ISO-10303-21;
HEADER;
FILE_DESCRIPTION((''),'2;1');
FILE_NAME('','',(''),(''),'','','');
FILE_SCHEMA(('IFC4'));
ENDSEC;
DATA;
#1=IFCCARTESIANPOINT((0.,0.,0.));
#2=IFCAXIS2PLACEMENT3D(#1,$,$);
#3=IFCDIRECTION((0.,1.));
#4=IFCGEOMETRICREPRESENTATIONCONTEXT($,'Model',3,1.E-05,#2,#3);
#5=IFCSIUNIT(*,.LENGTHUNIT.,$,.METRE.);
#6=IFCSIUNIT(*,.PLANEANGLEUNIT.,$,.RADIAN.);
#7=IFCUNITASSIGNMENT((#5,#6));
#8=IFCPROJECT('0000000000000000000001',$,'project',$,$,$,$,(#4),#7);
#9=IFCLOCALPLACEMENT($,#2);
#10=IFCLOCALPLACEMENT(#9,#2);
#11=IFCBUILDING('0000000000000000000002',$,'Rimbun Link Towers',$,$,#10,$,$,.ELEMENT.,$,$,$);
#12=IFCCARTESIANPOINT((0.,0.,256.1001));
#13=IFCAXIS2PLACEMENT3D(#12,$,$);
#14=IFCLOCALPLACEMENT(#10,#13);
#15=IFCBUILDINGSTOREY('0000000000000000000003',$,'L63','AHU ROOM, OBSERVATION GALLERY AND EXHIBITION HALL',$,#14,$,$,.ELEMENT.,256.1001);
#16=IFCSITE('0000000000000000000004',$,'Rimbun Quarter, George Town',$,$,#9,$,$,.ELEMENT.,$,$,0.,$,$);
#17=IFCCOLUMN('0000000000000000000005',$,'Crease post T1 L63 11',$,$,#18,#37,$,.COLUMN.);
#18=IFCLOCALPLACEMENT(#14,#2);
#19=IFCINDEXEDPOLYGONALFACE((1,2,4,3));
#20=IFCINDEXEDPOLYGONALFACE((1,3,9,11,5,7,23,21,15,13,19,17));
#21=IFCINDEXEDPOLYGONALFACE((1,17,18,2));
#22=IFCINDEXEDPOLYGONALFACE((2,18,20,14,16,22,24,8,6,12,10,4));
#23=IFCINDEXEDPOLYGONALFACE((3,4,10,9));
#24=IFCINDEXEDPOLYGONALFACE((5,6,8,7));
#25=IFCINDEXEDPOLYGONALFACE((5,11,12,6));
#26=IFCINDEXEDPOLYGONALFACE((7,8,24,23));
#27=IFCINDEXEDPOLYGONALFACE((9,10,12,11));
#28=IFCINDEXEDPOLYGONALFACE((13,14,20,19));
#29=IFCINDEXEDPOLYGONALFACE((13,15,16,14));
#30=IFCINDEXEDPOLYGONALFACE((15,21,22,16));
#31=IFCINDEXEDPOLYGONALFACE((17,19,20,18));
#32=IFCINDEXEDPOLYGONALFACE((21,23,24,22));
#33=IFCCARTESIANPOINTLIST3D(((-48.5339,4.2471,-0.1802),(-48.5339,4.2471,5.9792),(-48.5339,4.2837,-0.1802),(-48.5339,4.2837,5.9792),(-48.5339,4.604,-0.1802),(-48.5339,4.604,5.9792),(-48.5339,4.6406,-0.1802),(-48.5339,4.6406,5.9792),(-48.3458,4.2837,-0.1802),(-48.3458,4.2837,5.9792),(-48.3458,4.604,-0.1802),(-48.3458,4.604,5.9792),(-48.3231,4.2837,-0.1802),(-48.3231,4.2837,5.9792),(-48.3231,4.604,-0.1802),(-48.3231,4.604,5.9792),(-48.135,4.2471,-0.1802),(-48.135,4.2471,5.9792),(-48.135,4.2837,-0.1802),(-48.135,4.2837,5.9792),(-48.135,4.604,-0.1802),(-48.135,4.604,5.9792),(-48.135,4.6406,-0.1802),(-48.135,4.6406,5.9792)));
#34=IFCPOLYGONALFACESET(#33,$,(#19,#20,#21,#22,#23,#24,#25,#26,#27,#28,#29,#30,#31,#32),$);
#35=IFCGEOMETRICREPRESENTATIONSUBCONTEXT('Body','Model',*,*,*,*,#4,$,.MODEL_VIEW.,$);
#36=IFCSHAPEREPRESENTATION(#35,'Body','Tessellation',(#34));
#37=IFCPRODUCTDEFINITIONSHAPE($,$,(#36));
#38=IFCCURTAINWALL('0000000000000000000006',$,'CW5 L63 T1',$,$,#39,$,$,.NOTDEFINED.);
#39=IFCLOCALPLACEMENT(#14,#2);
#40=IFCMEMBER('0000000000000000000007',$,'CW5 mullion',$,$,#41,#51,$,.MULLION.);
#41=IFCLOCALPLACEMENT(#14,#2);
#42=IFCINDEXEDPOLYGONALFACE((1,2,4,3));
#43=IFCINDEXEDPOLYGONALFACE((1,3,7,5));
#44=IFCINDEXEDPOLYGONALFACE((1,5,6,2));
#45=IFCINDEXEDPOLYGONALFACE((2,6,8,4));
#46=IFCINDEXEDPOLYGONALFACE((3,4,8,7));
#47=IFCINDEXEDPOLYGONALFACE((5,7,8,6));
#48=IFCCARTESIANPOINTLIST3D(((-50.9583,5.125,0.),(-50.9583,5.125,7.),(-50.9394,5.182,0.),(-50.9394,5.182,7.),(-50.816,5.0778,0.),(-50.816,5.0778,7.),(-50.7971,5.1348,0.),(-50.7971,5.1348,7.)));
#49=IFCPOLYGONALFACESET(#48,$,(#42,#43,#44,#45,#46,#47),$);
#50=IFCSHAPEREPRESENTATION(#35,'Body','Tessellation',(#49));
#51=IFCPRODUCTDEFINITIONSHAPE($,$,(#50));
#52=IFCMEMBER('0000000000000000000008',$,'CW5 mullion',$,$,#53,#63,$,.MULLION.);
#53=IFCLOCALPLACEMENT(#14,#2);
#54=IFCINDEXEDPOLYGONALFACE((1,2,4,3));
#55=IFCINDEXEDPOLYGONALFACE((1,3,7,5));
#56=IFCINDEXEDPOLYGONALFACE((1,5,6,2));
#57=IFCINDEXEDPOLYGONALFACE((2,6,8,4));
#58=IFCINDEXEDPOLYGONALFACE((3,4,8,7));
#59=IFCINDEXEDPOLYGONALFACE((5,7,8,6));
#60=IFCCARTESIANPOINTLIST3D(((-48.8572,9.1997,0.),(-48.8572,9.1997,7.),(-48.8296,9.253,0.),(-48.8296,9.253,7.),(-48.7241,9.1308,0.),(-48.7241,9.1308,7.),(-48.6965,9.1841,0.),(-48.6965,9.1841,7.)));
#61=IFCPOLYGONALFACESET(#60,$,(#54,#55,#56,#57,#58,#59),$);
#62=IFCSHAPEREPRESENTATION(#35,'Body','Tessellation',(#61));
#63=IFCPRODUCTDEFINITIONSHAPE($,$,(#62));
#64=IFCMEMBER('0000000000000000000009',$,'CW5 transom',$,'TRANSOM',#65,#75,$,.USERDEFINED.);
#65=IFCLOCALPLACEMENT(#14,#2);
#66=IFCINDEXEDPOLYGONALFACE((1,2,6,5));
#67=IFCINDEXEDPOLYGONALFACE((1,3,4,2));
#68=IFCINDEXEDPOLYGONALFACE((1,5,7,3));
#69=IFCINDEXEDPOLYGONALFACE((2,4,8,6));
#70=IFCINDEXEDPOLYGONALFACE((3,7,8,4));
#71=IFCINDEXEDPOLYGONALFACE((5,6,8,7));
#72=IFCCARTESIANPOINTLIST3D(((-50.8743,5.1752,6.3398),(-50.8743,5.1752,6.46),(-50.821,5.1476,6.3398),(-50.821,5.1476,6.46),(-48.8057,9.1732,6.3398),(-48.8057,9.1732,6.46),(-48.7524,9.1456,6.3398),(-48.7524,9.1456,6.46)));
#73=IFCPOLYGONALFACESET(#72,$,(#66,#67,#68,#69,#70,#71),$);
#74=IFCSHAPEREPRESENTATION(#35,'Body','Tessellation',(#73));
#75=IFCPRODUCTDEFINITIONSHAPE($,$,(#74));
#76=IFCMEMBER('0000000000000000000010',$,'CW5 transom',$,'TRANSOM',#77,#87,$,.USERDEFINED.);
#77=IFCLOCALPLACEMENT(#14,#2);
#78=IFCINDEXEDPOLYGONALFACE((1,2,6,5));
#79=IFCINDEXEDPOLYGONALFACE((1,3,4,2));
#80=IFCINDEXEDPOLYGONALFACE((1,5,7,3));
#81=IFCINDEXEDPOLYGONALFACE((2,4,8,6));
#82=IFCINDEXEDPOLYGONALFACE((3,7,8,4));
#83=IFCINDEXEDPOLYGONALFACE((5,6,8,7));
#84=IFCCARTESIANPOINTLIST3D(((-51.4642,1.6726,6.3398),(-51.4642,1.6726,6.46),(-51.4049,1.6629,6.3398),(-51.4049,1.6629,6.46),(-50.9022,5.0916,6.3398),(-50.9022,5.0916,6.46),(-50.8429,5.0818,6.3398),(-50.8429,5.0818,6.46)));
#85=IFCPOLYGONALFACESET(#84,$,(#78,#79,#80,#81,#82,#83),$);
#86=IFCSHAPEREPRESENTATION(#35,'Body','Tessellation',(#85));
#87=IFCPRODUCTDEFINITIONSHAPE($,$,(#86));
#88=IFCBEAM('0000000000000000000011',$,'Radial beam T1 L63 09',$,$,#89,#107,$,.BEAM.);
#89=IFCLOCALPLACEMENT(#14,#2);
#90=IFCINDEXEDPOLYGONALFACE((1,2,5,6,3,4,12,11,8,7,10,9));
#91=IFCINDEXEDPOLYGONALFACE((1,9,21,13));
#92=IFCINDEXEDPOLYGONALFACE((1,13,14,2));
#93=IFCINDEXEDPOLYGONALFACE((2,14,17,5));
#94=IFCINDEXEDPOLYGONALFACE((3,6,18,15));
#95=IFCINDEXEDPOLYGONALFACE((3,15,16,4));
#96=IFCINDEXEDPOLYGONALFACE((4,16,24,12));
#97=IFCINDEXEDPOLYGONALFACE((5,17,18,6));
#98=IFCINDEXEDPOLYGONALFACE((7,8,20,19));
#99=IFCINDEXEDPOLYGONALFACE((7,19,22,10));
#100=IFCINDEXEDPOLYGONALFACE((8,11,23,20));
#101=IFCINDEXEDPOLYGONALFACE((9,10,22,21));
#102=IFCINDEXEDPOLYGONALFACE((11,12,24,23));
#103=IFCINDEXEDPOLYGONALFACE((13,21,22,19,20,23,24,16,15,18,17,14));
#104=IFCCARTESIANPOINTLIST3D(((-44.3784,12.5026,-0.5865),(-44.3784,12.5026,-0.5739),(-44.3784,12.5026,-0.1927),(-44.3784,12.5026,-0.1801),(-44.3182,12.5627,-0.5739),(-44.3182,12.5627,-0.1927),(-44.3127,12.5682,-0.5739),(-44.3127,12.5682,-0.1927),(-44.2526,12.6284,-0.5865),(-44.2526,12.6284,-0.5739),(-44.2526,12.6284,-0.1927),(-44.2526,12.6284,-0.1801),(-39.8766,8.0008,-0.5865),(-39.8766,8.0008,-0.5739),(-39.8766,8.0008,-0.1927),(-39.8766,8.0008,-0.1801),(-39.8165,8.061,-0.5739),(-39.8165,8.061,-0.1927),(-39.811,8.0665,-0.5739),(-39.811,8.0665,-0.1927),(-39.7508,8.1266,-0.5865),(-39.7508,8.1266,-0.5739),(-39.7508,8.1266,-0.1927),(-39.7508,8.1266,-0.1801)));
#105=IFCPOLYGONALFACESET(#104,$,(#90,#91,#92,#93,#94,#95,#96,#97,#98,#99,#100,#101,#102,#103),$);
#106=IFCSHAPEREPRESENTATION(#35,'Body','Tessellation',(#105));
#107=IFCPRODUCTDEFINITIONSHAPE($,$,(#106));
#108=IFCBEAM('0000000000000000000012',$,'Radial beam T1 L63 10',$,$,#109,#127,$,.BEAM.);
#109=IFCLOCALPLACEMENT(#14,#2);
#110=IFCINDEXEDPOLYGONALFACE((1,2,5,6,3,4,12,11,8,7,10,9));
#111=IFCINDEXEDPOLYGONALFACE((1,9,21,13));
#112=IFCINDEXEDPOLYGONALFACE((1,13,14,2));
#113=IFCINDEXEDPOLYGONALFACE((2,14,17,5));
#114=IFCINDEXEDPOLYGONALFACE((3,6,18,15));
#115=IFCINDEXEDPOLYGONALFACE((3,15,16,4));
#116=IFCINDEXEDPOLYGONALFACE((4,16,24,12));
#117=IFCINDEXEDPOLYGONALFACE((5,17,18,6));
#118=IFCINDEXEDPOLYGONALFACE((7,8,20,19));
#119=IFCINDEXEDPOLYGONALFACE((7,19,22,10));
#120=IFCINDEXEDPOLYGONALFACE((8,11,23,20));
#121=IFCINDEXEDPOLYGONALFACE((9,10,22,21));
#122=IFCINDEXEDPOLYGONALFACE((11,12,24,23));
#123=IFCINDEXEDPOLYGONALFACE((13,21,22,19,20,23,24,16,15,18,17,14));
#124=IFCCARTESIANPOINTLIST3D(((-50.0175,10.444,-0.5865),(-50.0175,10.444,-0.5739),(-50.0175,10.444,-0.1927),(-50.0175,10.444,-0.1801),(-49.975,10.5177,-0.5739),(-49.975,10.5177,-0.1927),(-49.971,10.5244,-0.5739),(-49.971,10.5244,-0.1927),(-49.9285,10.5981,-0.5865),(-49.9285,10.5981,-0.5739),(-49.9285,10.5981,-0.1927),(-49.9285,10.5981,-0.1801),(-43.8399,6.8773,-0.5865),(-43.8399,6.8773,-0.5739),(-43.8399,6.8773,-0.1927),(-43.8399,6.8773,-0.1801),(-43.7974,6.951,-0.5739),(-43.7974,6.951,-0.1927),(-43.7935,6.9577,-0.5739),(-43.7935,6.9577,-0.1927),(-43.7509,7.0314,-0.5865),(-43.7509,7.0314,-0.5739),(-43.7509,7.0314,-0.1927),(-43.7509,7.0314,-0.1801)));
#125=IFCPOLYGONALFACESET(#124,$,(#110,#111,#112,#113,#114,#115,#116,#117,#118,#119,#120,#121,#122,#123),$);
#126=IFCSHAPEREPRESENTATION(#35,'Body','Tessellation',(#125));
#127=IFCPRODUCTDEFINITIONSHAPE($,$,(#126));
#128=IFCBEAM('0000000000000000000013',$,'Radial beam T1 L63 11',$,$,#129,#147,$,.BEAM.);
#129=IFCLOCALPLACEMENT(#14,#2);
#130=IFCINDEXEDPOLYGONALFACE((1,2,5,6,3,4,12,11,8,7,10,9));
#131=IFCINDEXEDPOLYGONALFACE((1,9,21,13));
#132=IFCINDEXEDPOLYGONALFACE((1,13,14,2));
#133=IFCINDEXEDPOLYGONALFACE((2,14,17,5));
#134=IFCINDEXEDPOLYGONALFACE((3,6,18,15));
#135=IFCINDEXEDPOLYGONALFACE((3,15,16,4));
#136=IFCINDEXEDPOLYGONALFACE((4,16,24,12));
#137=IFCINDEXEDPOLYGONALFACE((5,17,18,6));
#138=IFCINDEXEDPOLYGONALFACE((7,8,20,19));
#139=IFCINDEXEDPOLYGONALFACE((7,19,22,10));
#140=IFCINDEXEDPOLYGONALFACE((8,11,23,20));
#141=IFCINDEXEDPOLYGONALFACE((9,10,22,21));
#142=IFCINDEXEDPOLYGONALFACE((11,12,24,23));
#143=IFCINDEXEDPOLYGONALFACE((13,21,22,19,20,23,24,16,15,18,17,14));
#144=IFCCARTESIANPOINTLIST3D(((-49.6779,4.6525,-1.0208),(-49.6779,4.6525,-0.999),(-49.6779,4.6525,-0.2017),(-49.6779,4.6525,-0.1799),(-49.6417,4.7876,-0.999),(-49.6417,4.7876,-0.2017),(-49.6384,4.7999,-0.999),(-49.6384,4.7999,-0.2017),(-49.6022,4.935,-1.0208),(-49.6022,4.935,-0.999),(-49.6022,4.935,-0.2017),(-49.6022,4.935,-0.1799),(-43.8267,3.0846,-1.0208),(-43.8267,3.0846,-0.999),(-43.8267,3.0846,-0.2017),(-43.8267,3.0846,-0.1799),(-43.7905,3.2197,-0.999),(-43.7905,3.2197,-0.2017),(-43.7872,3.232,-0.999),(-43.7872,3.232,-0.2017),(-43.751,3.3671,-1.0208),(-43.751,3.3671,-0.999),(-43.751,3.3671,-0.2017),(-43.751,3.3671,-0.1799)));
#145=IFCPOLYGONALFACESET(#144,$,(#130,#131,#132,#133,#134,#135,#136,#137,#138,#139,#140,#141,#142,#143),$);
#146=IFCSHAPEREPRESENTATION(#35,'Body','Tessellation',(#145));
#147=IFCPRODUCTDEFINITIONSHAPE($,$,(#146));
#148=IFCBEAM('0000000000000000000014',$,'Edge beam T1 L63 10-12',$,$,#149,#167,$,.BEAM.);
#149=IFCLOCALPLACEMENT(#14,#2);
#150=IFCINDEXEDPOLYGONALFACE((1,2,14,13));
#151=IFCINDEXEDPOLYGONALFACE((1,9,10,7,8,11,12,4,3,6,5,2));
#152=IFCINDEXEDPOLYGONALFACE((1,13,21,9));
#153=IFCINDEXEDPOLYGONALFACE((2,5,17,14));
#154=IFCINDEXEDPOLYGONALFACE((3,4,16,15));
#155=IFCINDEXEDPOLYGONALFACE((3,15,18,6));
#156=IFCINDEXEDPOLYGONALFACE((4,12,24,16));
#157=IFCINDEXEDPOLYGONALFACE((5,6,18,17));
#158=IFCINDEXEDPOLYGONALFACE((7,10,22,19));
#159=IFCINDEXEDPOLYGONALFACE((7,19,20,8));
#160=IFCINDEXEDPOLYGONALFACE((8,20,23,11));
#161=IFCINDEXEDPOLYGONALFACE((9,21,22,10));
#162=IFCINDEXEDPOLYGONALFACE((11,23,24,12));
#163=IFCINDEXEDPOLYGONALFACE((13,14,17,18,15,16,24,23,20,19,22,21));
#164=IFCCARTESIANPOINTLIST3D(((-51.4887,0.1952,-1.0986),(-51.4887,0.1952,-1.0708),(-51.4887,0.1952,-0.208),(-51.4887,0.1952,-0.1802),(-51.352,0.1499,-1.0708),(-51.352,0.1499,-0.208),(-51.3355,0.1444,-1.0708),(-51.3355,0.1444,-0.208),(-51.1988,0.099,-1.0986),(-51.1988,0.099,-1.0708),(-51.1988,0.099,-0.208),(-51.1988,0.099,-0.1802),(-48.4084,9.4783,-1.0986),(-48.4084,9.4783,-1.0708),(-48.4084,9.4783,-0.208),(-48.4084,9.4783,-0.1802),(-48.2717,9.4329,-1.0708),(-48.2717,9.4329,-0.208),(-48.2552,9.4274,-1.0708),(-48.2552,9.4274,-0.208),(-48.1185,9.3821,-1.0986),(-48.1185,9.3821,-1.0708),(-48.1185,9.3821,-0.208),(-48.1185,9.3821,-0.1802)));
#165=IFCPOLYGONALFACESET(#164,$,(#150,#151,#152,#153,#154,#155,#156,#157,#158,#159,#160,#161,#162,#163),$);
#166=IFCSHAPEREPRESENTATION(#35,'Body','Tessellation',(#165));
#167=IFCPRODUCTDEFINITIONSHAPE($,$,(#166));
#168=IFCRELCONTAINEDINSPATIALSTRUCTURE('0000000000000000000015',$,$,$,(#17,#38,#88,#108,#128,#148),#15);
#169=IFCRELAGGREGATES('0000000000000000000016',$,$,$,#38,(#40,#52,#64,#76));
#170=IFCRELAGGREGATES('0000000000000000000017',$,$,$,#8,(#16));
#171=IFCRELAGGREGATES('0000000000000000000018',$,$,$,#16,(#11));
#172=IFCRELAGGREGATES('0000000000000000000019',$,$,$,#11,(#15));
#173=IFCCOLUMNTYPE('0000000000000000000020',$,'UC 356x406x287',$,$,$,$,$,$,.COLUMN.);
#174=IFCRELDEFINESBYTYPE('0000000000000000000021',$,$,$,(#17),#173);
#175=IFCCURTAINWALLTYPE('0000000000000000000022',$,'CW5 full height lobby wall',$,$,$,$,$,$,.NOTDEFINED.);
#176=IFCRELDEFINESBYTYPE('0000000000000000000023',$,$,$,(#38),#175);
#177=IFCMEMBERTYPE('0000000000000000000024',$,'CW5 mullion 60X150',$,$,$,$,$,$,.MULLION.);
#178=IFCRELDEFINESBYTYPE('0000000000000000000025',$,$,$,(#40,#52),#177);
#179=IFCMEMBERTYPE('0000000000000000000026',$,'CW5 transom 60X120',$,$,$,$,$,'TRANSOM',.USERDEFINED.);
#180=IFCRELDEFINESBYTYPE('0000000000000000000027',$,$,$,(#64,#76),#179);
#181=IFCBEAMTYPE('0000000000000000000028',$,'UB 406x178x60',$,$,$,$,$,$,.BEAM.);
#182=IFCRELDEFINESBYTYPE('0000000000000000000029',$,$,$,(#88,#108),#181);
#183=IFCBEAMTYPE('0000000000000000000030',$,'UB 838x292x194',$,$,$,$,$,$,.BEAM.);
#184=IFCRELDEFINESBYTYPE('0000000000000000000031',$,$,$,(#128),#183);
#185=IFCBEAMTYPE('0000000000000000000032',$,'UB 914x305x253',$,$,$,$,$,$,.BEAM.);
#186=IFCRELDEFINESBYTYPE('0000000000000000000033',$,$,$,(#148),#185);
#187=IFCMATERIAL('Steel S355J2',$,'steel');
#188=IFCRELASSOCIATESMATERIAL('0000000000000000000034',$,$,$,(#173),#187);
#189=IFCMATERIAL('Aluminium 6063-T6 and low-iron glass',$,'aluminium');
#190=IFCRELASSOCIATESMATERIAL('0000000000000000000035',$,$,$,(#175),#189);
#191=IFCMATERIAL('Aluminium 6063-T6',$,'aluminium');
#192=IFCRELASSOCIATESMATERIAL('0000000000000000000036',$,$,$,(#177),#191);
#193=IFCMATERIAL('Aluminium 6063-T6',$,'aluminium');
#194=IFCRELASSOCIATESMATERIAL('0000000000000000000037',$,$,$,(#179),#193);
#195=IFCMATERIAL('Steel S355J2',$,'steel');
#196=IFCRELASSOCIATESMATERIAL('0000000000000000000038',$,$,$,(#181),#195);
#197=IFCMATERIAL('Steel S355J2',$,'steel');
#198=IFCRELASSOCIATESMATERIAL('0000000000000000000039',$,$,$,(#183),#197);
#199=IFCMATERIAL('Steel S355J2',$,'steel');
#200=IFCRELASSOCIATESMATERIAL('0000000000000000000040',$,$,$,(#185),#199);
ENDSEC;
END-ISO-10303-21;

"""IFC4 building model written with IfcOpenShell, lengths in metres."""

from ifc_helpers import new_model, si_unit, direction, frame, origin, origin_2d, place, context, subcontext, project, spatial, rectangle, i_section, extrude, material, material_profile, profile_set, type_object, element, aggregate, save


model = new_model("IFC4")

# Units and contexts
model_context = context("Model", 3, precision=1e-05, world=origin(), true_north=direction((0.0, 1.0)))
body_context = subcontext(model_context, "Body", "Model", "MODEL_VIEW")
ifc_project = project(units=[si_unit("LENGTHUNIT", "METRE"), si_unit("PLANEANGLEUNIT", "RADIAN")], contexts=[model_context])

# Site, building, storey
site_placement = place(None, origin())
site = spatial("IfcSite", under=ifc_project, at=site_placement, Name="Rimbun Quarter, George Town", CompositionType="ELEMENT", RefElevation=0.0)
building_placement = place(site_placement, origin())
building = spatial("IfcBuilding", under=site, at=building_placement, Name="Rimbun Link Towers", CompositionType="ELEMENT")
storey_placement = place(building_placement, frame((0.0, 0.0, 256.1001)))
storey = spatial("IfcBuildingStorey", under=building, at=storey_placement, Name="L63", Description="AHU ROOM, OBSERVATION GALLERY AND EXHIBITION HALL", CompositionType="ELEMENT", Elevation=256.1001)

# Column
ifc_material_1 = material(Name="Steel S355J2", Category="steel")
ifc_material_profile_1 = material_profile(ifc_material_1, i_section(OverallWidth=0.3989, OverallDepth=0.3936, WebThickness=0.0227, FlangeThickness=0.0366, at=origin_2d()), Name="UC 356x406x287")
ifc_profile_set_1 = profile_set([ifc_material_profile_1], Name="Steel S355J2")
column_type = type_object("IfcColumnType", Name="UC 356x406x287", PredefinedType="COLUMN", material=ifc_profile_set_1)
column_placement = place(storey_placement, frame((-48.3345, 4.4438, -0.1802), z_axis=(0.0, 0.0, 1.0), x_axis=(1.0, 0.0, 0.0)))
element("IfcColumn", 1, at=column_placement, inside=storey, type_object=column_type, Name="Crease post T1 L63 11", PredefinedType="COLUMN", context=body_context, shape_type="SweptSolid", body=[
    extrude(i_section(OverallWidth=0.3989, OverallDepth=0.3936, WebThickness=0.0227, FlangeThickness=0.0366, at=origin_2d()), origin(), (0.0, 0.0, 1.0), 6.1594),
])

# Curtain wall, members
ifc_material_2 = material(Name="Aluminium 6063-T6 and low-iron glass", Category="aluminium")
curtain_wall_type = type_object("IfcCurtainWallType", Name="CW5 full height lobby wall", PredefinedType="NOTDEFINED", material=ifc_material_2)
curtain_wall_placement = place(storey_placement, origin())
curtain_wall = element("IfcCurtainWall", 2, at=curtain_wall_placement, inside=storey, type_object=curtain_wall_type, Name="CW5 L63 T1", PredefinedType="NOTDEFINED")
ifc_material_3 = material(Name="Aluminium 6063-T6", Category="aluminium")
ifc_material_profile_2 = material_profile(ifc_material_3, rectangle(XDim=0.1499, YDim=0.0601, at=origin_2d()), Name="MULLION 60X150")
ifc_profile_set_2 = profile_set([ifc_material_profile_2], Name="Aluminium 6063-T6")
member_type_1 = type_object("IfcMemberType", Name="CW5 mullion 60X150", PredefinedType="MULLION", material=ifc_profile_set_2)
member_1_placement = place(storey_placement, frame((-50.8777, 5.1299, 0.0), z_axis=(0.0, 0.0, 1.0), x_axis=(-0.949163, 0.314784, 0.0)))
member_1 = element("IfcMember", 3, at=member_1_placement, type_object=member_type_1, Name="CW5 mullion", PredefinedType="MULLION", context=body_context, shape_type="SweptSolid", body=[
    extrude(rectangle(XDim=0.1499, YDim=0.0601, at=origin_2d()), origin(), (0.0, 0.0, 1.0), 7.0),
])
member_2_placement = place(storey_placement, frame((-48.7769, 9.1919, 0.0), z_axis=(0.0, 0.0, 1.0), x_axis=(-0.888152, 0.459551, 0.0)))
member_2 = element("IfcMember", 4, at=member_2_placement, type_object=member_type_1, Name="CW5 mullion", PredefinedType="MULLION", context=body_context, shape_type="SweptSolid", body=[
    extrude(rectangle(XDim=0.1499, YDim=0.0601, at=origin_2d()), origin(), (0.0, 0.0, 1.0), 7.0),
])
ifc_material_4 = material(Name="Aluminium 6063-T6", Category="aluminium")
ifc_material_profile_3 = material_profile(ifc_material_4, rectangle(XDim=0.0601, YDim=0.1201, at=origin_2d()), Name="TRANSOM 60X120")
ifc_profile_set_3 = profile_set([ifc_material_profile_3], Name="Aluminium 6063-T6")
member_type_2 = type_object("IfcMemberType", Name="CW5 transom 60X120", ElementType="TRANSOM", PredefinedType="USERDEFINED", material=ifc_profile_set_3)
member_3_placement = place(storey_placement, frame((-50.8477, 5.1614, 6.3999), z_axis=(0.459537, 0.888159, 0.0), x_axis=(-0.888159, 0.459537, 0.0)))
member_3 = element("IfcMember", 5, at=member_3_placement, type_object=member_type_2, Name="CW5 transom", ObjectType="TRANSOM", PredefinedType="USERDEFINED", context=body_context, shape_type="SweptSolid", body=[
    extrude(rectangle(XDim=0.0601, YDim=0.1201, at=origin_2d()), origin(), (0.0, 0.0, 1.0), 4.5015),
])
member_4_placement = place(storey_placement, frame((-51.4346, 1.6677, 6.3999), z_axis=(0.162205, 0.986757, 0.0), x_axis=(-0.986757, 0.162205, 0.0)))
member_4 = element("IfcMember", 6, at=member_4_placement, type_object=member_type_2, Name="CW5 transom", ObjectType="TRANSOM", PredefinedType="USERDEFINED", context=body_context, shape_type="SweptSolid", body=[
    extrude(rectangle(XDim=0.0601, YDim=0.1201, at=origin_2d()), origin(), (0.0, 0.0, 1.0), 3.4648),
])

# Beams
ifc_material_5 = material(Name="Steel S355J2", Category="steel")
ifc_material_profile_4 = material_profile(ifc_material_5, i_section(OverallWidth=0.178, OverallDepth=0.4065, WebThickness=0.0078, FlangeThickness=0.0127, at=origin_2d()), Name="UB 406x178x60")
ifc_profile_set_4 = profile_set([ifc_material_profile_4], Name="Steel S355J2")
beam_type_1 = type_object("IfcBeamType", Name="UB 406x178x60", PredefinedType="BEAM", material=ifc_profile_set_4)
beam_1_placement = place(storey_placement, frame((-39.8137, 8.0637, -0.3833), z_axis=(-0.707107, 0.707107, 0.0), x_axis=(-0.707107, -0.707107, 0.0)))
element("IfcBeam", 7, at=beam_1_placement, inside=storey, type_object=beam_type_1, Name="Radial beam T1 L63 09", PredefinedType="BEAM", context=body_context, shape_type="SweptSolid", body=[
    extrude(i_section(OverallWidth=0.178, OverallDepth=0.4065, WebThickness=0.0078, FlangeThickness=0.0127, at=origin_2d()), origin(), (0.0, 0.0, 1.0), 6.3665),
])
beam_2_placement = place(storey_placement, frame((-43.7954, 6.9543, -0.3833), z_axis=(-0.866021, 0.500008, 0.0), x_axis=(-0.500008, -0.866021, 0.0)))
element("IfcBeam", 8, at=beam_2_placement, inside=storey, type_object=beam_type_1, Name="Radial beam T1 L63 10", PredefinedType="BEAM", context=body_context, shape_type="SweptSolid", body=[
    extrude(i_section(OverallWidth=0.178, OverallDepth=0.4065, WebThickness=0.0078, FlangeThickness=0.0127, at=origin_2d()), origin(), (0.0, 0.0, 1.0), 7.1333),
])
ifc_material_6 = material(Name="Steel S355J2", Category="steel")
ifc_material_profile_5 = material_profile(ifc_material_6, i_section(OverallWidth=0.2925, OverallDepth=0.8408, WebThickness=0.0127, FlangeThickness=0.0217, at=origin_2d()), Name="UB 838x292x194")
ifc_profile_set_5 = profile_set([ifc_material_profile_5], Name="Steel S355J2")
beam_type_2 = type_object("IfcBeamType", Name="UB 838x292x194", PredefinedType="BEAM", material=ifc_profile_set_5)
beam_3_placement = place(storey_placement, frame((-43.7888, 3.2258, -0.6003), z_axis=(-0.965923, 0.258831, 0.0), x_axis=(-0.258831, -0.965923, 0.0)))
element("IfcBeam", 9, at=beam_3_placement, inside=storey, type_object=beam_type_2, Name="Radial beam T1 L63 11", PredefinedType="BEAM", context=body_context, shape_type="SweptSolid", body=[
    extrude(i_section(OverallWidth=0.2925, OverallDepth=0.8408, WebThickness=0.0127, FlangeThickness=0.0217, at=origin_2d()), origin(), (0.0, 0.0, 1.0), 6.0576),
])
ifc_material_7 = material(Name="Steel S355J2", Category="steel")
ifc_material_profile_6 = material_profile(ifc_material_7, i_section(OverallWidth=0.3054, OverallDepth=0.9185, WebThickness=0.0173, FlangeThickness=0.0278, at=origin_2d()), Name="UB 914x305x253")
ifc_profile_set_6 = profile_set([ifc_material_profile_6], Name="Steel S355J2")
beam_type_3 = type_object("IfcBeamType", Name="UB 914x305x253", PredefinedType="BEAM", material=ifc_profile_set_6)
beam_4_placement = place(storey_placement, frame((-48.2634, 9.4302, -0.6394), z_axis=(-0.314939, -0.949112, 0.0), x_axis=(0.949112, -0.314939, 0.0)))
element("IfcBeam", 10, at=beam_4_placement, inside=storey, type_object=beam_type_3, Name="Edge beam T1 L63 10-12", PredefinedType="BEAM", context=body_context, shape_type="SweptSolid", body=[
    extrude(i_section(OverallWidth=0.3054, OverallDepth=0.9185, WebThickness=0.0173, FlangeThickness=0.0278, at=origin_2d()), origin(), (0.0, 0.0, 1.0), 9.7808),
])

aggregate(curtain_wall, [member_1, member_2, member_3, member_4])

save(model, "model.ifc")
